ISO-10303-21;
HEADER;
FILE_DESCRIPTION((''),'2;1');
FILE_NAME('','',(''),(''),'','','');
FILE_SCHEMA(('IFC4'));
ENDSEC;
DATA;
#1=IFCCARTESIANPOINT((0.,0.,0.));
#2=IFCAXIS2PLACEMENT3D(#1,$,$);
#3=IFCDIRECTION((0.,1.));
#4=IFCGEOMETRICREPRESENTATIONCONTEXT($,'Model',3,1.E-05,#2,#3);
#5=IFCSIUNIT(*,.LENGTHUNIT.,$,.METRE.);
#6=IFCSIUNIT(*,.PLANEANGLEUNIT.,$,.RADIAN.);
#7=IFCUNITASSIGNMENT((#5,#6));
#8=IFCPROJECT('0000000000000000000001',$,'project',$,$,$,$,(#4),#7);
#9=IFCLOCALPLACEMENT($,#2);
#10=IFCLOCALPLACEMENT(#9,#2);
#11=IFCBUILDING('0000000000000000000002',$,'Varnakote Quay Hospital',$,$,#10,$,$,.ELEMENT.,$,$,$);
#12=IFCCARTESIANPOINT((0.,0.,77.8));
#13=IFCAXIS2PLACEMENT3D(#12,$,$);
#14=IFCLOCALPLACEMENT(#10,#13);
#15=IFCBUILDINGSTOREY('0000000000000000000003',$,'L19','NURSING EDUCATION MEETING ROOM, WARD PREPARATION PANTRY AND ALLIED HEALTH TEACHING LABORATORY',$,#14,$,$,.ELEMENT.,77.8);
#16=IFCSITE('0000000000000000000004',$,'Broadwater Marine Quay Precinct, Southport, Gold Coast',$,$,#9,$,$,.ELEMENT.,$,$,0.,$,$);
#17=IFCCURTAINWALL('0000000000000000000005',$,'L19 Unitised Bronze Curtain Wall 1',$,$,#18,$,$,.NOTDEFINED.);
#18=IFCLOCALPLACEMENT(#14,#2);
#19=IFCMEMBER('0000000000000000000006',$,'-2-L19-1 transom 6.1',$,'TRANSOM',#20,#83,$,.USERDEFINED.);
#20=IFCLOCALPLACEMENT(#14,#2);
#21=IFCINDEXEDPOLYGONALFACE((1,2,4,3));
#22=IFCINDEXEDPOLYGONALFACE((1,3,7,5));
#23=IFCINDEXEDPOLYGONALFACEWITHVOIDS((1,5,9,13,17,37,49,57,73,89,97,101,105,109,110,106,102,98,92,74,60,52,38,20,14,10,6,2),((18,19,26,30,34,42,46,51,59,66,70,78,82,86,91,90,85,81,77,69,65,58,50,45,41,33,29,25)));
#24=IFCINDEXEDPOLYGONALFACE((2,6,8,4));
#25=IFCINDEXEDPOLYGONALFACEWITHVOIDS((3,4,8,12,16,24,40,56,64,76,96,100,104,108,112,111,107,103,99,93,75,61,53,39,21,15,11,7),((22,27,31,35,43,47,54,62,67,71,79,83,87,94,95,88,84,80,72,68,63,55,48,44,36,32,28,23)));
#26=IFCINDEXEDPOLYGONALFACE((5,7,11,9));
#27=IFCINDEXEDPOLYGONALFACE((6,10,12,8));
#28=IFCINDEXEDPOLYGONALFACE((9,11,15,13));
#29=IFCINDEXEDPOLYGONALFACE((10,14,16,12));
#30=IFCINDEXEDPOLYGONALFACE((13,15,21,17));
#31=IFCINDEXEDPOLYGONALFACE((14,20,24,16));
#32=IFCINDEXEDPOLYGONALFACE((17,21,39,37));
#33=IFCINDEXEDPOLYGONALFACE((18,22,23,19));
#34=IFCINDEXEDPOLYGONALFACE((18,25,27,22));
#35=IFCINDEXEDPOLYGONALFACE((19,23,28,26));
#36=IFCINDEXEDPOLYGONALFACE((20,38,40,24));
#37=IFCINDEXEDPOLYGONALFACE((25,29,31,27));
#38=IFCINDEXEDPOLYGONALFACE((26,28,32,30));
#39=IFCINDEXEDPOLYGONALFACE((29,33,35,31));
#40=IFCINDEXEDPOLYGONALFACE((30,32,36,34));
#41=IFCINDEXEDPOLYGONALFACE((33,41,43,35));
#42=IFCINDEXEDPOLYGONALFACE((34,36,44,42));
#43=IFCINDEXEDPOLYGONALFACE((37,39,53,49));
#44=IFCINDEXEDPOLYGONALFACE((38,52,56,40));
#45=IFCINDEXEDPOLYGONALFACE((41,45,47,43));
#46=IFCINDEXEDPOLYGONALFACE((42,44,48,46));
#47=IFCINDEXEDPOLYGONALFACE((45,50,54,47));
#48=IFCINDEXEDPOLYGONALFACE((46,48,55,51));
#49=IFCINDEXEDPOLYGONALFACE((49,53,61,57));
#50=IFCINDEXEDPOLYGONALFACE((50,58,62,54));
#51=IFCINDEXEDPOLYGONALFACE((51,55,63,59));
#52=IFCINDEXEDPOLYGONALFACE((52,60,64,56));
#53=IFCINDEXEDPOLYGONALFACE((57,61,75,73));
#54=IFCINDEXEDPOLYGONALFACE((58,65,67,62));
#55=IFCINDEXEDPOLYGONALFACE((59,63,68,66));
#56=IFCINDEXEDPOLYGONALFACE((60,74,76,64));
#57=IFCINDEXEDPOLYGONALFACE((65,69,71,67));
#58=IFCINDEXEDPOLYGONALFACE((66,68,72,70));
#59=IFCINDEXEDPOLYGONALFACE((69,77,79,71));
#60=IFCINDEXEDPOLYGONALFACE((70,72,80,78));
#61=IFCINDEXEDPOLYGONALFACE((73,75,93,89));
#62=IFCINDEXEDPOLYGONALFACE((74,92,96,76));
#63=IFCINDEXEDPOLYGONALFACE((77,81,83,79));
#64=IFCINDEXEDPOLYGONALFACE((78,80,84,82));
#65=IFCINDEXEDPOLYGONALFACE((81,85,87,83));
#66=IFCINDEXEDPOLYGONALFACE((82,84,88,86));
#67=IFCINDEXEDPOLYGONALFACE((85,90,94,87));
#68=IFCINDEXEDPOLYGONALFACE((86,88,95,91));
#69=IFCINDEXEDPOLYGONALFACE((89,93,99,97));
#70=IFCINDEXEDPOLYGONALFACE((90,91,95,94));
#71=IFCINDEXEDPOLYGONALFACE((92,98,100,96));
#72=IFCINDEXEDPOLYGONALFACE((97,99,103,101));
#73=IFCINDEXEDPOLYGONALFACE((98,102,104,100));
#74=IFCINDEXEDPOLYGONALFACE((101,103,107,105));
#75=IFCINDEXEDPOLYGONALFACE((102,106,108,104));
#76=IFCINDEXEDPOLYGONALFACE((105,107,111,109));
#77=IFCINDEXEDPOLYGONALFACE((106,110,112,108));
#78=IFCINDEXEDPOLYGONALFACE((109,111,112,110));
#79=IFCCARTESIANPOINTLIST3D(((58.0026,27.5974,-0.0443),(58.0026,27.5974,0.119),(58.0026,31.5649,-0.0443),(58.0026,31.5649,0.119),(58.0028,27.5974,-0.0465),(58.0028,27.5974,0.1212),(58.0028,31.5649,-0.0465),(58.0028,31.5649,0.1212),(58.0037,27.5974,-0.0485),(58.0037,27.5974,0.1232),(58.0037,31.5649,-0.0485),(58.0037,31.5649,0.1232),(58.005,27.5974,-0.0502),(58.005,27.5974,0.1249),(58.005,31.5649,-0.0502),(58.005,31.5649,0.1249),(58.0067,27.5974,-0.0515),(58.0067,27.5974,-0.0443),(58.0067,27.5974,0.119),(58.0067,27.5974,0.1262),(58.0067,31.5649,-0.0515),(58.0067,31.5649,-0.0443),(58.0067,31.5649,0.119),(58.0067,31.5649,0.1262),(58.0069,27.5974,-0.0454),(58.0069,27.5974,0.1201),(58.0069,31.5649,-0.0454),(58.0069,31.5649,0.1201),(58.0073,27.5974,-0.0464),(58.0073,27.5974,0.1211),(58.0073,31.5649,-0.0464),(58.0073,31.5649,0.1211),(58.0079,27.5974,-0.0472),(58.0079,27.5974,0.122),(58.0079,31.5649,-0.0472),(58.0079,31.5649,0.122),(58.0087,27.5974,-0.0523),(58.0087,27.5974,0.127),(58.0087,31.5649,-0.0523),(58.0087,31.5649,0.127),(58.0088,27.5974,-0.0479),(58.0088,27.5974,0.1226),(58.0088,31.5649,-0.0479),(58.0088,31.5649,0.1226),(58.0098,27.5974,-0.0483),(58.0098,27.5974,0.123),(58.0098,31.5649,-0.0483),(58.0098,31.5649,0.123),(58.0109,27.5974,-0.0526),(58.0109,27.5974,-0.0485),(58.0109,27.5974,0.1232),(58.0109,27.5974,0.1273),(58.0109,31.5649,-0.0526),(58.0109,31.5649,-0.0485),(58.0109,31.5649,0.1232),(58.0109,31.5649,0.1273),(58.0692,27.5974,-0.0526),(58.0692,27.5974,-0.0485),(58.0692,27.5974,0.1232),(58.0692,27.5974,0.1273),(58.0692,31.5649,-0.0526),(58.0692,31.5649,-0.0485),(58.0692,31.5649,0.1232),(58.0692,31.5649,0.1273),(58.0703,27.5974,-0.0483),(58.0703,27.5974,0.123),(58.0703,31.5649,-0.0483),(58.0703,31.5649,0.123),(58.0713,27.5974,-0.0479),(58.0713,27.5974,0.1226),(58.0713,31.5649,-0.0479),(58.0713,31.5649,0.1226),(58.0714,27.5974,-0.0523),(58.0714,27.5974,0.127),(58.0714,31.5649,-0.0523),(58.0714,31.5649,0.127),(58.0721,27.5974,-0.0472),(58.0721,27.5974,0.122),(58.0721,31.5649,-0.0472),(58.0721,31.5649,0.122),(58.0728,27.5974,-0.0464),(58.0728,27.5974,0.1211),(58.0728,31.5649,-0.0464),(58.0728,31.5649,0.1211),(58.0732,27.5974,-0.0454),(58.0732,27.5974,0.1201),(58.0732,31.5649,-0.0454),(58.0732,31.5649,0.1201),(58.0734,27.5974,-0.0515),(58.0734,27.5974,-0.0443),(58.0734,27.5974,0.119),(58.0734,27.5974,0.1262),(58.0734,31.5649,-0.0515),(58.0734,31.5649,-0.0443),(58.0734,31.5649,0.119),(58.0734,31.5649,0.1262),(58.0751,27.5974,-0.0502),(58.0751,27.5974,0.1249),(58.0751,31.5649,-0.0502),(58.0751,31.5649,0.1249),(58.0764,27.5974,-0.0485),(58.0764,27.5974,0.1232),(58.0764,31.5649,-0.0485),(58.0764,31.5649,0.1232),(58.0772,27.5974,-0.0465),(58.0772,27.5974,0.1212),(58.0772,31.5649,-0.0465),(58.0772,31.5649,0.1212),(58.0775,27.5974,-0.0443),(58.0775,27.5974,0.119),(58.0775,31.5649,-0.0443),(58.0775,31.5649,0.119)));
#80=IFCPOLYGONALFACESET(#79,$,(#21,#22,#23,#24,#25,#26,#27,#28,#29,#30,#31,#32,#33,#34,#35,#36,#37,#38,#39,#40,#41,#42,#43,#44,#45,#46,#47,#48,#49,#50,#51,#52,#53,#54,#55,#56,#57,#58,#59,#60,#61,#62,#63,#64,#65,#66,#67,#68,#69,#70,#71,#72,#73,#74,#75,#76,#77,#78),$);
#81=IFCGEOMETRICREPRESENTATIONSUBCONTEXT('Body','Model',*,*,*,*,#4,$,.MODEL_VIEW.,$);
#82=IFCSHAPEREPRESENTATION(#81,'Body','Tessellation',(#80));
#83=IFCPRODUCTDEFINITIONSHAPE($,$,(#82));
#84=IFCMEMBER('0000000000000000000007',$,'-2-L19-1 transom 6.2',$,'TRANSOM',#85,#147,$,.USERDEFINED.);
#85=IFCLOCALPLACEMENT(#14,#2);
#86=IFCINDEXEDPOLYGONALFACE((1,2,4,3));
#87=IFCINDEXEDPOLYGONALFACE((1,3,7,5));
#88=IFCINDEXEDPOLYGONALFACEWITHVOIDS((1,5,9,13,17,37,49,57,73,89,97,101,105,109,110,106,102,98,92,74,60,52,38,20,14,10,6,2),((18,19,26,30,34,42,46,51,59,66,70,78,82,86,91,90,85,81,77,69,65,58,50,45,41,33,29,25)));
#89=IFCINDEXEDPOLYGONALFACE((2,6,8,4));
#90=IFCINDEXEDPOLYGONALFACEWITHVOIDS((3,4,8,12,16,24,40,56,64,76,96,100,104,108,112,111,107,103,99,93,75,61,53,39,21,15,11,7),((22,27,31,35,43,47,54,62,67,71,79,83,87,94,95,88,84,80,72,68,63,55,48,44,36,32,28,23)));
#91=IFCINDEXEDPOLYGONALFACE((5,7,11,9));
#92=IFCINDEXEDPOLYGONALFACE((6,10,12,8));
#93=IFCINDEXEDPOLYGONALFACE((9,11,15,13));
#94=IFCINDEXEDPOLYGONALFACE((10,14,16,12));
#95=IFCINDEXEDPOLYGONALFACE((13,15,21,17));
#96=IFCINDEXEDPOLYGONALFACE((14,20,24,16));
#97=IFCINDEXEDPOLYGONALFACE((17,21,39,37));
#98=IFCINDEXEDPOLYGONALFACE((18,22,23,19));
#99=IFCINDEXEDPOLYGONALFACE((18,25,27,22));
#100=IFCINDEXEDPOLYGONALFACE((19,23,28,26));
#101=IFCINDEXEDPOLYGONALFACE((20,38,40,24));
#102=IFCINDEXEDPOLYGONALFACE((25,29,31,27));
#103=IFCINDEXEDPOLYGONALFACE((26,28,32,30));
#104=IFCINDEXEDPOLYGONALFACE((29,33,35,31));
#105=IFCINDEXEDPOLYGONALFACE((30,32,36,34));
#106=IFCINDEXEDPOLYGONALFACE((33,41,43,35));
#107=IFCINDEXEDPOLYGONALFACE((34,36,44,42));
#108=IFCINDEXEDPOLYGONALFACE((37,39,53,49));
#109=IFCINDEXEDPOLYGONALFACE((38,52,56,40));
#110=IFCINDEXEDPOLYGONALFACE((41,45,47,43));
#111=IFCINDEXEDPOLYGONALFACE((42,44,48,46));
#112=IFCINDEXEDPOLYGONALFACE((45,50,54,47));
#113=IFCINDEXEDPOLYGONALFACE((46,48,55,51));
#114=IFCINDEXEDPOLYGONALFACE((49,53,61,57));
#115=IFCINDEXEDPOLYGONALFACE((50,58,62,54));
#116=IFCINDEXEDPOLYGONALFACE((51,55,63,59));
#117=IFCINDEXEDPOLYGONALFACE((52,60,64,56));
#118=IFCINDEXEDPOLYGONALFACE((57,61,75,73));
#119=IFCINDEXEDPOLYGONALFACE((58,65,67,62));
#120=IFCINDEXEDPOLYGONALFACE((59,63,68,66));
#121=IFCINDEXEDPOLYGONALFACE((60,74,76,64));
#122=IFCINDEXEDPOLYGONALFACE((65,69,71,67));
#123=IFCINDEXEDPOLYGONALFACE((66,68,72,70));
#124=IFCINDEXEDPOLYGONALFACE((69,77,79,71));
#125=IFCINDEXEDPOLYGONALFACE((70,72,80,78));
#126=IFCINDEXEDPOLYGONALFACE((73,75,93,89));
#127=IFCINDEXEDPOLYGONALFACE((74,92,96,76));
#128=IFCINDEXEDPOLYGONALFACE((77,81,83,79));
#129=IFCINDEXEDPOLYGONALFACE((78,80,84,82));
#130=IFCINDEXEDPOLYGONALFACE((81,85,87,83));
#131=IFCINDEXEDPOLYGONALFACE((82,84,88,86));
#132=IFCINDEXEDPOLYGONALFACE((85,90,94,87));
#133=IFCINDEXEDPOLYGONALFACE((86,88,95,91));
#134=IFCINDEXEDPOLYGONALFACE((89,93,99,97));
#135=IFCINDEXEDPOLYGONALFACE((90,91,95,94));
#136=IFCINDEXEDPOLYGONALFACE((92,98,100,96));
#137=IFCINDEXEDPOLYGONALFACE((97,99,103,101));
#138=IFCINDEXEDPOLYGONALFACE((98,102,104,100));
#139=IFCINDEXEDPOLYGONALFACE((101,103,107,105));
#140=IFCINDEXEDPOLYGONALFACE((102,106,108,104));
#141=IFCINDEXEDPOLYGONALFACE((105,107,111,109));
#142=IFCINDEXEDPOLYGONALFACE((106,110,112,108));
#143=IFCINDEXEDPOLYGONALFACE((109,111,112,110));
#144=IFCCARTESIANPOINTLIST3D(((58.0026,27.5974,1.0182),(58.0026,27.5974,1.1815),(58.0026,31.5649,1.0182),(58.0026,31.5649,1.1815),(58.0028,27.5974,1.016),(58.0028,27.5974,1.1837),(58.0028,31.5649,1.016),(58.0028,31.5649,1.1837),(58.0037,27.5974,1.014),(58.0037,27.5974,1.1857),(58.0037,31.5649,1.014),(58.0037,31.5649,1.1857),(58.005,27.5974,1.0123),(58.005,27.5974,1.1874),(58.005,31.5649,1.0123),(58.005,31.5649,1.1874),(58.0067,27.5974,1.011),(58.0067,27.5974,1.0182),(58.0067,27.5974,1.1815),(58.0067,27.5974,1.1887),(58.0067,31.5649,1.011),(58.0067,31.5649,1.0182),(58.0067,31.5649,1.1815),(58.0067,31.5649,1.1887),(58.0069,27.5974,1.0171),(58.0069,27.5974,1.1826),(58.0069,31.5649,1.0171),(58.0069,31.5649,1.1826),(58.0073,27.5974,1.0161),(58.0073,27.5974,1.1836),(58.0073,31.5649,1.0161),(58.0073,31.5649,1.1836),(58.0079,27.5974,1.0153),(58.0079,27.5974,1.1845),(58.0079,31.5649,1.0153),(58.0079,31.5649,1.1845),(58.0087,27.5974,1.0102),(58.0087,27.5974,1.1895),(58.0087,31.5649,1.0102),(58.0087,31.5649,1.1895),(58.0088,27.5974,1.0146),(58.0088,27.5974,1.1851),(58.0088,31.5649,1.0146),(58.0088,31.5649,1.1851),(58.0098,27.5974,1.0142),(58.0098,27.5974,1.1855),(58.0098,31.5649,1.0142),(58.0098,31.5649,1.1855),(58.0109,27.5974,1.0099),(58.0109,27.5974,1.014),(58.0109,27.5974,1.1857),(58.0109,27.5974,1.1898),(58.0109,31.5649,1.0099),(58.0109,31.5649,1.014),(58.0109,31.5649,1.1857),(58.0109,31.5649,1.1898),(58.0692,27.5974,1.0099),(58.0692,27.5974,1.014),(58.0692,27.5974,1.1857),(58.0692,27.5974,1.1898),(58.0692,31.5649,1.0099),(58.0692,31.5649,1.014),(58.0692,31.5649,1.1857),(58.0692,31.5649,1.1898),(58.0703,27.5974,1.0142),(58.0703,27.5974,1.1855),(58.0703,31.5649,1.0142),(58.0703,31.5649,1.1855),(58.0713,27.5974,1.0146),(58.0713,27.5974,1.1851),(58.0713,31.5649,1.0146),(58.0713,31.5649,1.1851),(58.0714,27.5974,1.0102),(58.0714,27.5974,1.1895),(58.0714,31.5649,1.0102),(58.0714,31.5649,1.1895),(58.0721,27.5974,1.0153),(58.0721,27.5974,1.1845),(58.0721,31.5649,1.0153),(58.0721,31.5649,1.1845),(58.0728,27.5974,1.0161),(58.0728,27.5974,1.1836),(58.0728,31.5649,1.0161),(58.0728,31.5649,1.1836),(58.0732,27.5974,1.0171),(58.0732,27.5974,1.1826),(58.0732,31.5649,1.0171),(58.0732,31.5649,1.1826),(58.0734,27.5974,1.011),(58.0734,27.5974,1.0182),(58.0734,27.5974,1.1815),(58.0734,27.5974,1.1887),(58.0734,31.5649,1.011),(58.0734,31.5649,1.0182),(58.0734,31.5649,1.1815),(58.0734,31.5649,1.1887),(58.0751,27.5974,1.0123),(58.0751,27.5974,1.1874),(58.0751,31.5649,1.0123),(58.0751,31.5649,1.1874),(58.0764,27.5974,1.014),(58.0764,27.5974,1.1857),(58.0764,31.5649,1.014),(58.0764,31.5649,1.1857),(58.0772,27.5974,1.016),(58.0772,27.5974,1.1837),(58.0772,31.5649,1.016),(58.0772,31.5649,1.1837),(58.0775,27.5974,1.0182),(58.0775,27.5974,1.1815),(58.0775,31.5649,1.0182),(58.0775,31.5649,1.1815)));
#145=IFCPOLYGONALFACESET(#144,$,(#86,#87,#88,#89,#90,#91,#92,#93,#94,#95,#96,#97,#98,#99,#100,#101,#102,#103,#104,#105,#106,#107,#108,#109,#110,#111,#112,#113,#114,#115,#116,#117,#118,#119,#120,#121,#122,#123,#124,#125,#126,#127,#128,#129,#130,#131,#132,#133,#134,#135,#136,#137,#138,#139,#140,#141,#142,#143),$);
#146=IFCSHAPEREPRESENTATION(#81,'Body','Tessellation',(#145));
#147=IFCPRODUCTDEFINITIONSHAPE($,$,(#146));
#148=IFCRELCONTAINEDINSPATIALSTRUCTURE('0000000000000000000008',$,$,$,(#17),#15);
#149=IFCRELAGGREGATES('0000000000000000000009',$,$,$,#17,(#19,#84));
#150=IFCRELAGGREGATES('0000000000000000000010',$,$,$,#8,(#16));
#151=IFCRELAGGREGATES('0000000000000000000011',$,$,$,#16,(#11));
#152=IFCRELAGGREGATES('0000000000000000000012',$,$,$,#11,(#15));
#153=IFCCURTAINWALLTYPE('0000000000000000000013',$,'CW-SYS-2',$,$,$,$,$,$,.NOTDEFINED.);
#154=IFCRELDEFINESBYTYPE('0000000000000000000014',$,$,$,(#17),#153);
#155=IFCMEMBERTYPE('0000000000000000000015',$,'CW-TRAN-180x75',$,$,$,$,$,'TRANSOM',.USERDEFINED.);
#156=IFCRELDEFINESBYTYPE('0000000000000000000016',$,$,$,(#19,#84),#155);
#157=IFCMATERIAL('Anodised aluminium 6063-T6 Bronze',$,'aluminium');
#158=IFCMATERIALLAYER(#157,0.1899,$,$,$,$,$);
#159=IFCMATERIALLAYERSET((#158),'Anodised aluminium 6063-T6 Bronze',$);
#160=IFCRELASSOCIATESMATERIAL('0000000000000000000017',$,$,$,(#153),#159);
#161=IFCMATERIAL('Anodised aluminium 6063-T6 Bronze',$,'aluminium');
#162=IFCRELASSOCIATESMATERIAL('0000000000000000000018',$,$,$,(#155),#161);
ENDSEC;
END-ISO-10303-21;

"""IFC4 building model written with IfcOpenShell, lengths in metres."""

from ifc_helpers import new_model, si_unit, direction, frame, origin, origin_2d, place, context, subcontext, project, spatial, hollow_rectangle, extrude, material, layer, layer_set, material_profile, profile_set, type_object, element, aggregate, save


model = new_model("IFC4")

# Units and contexts
model_context = context("Model", 3, precision=1e-05, world=origin(), true_north=direction((0.0, 1.0)))
body_context = subcontext(model_context, "Body", "Model", "MODEL_VIEW")
ifc_project = project(units=[si_unit("LENGTHUNIT", "METRE"), si_unit("PLANEANGLEUNIT", "RADIAN")], contexts=[model_context])

# Site, building, storey
site_placement = place(None, origin())
site = spatial("IfcSite", under=ifc_project, at=site_placement, Name="Broadwater Marine Quay Precinct, Southport, Gold Coast", CompositionType="ELEMENT", RefElevation=0.0)
building_placement = place(site_placement, origin())
building = spatial("IfcBuilding", under=site, at=building_placement, Name="Varnakote Quay Hospital", CompositionType="ELEMENT")
storey_placement = place(building_placement, frame((0.0, 0.0, 77.8)))
storey = spatial("IfcBuildingStorey", under=building, at=storey_placement, Name="L19", Description="NURSING EDUCATION MEETING ROOM, WARD PREPARATION PANTRY AND ALLIED HEALTH TEACHING LABORATORY", CompositionType="ELEMENT", Elevation=77.8)

# Curtain wall, members
ifc_material_1 = material(Name="Anodised aluminium 6063-T6 Bronze", Category="aluminium")
ifc_layer_1 = layer(ifc_material_1, 0.1899)
ifc_layer_set_1 = layer_set([ifc_layer_1], Name="Anodised aluminium 6063-T6 Bronze")
curtain_wall_type = type_object("IfcCurtainWallType", Name="CW-SYS-2", PredefinedType="NOTDEFINED", material=ifc_layer_set_1)
curtain_wall_placement = place(storey_placement, origin())
curtain_wall = element("IfcCurtainWall", 1, at=curtain_wall_placement, inside=storey, type_object=curtain_wall_type, Name="L19 Unitised Bronze Curtain Wall 1", PredefinedType="NOTDEFINED")
ifc_material_2 = material(Name="Anodised aluminium 6063-T6 Bronze", Category="aluminium")
ifc_material_profile_1 = material_profile(ifc_material_2, hollow_rectangle(XDim=0.075, YDim=0.1799, WallThickness=0.0042, InnerFilletRadius=0.0042, OuterFilletRadius=0.0083, at=origin_2d()), Name="CW-TRAN-180x75")
ifc_profile_set_1 = profile_set([ifc_material_profile_1], Name="Anodised aluminium 6063-T6 Bronze")
member_type_1 = type_object("IfcMemberType", Name="CW-TRAN-180x75", ElementType="TRANSOM", PredefinedType="USERDEFINED", material=ifc_profile_set_1)
member_1_placement = place(storey_placement, frame((58.04, 27.5974, 0.0374), z_axis=(0.0, 1.0, 0.0), x_axis=(-1.0, 0.0, 0.0)))
member_1 = element("IfcMember", 2, at=member_1_placement, type_object=member_type_1, Name="-2-L19-1 transom 6.1", ObjectType="TRANSOM", PredefinedType="USERDEFINED", context=body_context, shape_type="SweptSolid", body=[
    extrude(hollow_rectangle(XDim=0.075, YDim=0.1799, WallThickness=0.0042, InnerFilletRadius=0.0042, OuterFilletRadius=0.0083, at=origin_2d()), origin(), (0.0, 0.0, 1.0), 3.9675),
])
member_2_placement = place(storey_placement, frame((58.04, 27.5974, 1.0999), z_axis=(0.0, 1.0, 0.0), x_axis=(-1.0, 0.0, 0.0)))
member_2 = element("IfcMember", 3, at=member_2_placement, type_object=member_type_1, Name="-2-L19-1 transom 6.2", ObjectType="TRANSOM", PredefinedType="USERDEFINED", context=body_context, shape_type="SweptSolid", body=[
    extrude(hollow_rectangle(XDim=0.075, YDim=0.1799, WallThickness=0.0042, InnerFilletRadius=0.0042, OuterFilletRadius=0.0083, at=origin_2d()), origin(), (0.0, 0.0, 1.0), 3.9675),
])
aggregate(curtain_wall, [member_1, member_2])

save(model, "model.ifc")
